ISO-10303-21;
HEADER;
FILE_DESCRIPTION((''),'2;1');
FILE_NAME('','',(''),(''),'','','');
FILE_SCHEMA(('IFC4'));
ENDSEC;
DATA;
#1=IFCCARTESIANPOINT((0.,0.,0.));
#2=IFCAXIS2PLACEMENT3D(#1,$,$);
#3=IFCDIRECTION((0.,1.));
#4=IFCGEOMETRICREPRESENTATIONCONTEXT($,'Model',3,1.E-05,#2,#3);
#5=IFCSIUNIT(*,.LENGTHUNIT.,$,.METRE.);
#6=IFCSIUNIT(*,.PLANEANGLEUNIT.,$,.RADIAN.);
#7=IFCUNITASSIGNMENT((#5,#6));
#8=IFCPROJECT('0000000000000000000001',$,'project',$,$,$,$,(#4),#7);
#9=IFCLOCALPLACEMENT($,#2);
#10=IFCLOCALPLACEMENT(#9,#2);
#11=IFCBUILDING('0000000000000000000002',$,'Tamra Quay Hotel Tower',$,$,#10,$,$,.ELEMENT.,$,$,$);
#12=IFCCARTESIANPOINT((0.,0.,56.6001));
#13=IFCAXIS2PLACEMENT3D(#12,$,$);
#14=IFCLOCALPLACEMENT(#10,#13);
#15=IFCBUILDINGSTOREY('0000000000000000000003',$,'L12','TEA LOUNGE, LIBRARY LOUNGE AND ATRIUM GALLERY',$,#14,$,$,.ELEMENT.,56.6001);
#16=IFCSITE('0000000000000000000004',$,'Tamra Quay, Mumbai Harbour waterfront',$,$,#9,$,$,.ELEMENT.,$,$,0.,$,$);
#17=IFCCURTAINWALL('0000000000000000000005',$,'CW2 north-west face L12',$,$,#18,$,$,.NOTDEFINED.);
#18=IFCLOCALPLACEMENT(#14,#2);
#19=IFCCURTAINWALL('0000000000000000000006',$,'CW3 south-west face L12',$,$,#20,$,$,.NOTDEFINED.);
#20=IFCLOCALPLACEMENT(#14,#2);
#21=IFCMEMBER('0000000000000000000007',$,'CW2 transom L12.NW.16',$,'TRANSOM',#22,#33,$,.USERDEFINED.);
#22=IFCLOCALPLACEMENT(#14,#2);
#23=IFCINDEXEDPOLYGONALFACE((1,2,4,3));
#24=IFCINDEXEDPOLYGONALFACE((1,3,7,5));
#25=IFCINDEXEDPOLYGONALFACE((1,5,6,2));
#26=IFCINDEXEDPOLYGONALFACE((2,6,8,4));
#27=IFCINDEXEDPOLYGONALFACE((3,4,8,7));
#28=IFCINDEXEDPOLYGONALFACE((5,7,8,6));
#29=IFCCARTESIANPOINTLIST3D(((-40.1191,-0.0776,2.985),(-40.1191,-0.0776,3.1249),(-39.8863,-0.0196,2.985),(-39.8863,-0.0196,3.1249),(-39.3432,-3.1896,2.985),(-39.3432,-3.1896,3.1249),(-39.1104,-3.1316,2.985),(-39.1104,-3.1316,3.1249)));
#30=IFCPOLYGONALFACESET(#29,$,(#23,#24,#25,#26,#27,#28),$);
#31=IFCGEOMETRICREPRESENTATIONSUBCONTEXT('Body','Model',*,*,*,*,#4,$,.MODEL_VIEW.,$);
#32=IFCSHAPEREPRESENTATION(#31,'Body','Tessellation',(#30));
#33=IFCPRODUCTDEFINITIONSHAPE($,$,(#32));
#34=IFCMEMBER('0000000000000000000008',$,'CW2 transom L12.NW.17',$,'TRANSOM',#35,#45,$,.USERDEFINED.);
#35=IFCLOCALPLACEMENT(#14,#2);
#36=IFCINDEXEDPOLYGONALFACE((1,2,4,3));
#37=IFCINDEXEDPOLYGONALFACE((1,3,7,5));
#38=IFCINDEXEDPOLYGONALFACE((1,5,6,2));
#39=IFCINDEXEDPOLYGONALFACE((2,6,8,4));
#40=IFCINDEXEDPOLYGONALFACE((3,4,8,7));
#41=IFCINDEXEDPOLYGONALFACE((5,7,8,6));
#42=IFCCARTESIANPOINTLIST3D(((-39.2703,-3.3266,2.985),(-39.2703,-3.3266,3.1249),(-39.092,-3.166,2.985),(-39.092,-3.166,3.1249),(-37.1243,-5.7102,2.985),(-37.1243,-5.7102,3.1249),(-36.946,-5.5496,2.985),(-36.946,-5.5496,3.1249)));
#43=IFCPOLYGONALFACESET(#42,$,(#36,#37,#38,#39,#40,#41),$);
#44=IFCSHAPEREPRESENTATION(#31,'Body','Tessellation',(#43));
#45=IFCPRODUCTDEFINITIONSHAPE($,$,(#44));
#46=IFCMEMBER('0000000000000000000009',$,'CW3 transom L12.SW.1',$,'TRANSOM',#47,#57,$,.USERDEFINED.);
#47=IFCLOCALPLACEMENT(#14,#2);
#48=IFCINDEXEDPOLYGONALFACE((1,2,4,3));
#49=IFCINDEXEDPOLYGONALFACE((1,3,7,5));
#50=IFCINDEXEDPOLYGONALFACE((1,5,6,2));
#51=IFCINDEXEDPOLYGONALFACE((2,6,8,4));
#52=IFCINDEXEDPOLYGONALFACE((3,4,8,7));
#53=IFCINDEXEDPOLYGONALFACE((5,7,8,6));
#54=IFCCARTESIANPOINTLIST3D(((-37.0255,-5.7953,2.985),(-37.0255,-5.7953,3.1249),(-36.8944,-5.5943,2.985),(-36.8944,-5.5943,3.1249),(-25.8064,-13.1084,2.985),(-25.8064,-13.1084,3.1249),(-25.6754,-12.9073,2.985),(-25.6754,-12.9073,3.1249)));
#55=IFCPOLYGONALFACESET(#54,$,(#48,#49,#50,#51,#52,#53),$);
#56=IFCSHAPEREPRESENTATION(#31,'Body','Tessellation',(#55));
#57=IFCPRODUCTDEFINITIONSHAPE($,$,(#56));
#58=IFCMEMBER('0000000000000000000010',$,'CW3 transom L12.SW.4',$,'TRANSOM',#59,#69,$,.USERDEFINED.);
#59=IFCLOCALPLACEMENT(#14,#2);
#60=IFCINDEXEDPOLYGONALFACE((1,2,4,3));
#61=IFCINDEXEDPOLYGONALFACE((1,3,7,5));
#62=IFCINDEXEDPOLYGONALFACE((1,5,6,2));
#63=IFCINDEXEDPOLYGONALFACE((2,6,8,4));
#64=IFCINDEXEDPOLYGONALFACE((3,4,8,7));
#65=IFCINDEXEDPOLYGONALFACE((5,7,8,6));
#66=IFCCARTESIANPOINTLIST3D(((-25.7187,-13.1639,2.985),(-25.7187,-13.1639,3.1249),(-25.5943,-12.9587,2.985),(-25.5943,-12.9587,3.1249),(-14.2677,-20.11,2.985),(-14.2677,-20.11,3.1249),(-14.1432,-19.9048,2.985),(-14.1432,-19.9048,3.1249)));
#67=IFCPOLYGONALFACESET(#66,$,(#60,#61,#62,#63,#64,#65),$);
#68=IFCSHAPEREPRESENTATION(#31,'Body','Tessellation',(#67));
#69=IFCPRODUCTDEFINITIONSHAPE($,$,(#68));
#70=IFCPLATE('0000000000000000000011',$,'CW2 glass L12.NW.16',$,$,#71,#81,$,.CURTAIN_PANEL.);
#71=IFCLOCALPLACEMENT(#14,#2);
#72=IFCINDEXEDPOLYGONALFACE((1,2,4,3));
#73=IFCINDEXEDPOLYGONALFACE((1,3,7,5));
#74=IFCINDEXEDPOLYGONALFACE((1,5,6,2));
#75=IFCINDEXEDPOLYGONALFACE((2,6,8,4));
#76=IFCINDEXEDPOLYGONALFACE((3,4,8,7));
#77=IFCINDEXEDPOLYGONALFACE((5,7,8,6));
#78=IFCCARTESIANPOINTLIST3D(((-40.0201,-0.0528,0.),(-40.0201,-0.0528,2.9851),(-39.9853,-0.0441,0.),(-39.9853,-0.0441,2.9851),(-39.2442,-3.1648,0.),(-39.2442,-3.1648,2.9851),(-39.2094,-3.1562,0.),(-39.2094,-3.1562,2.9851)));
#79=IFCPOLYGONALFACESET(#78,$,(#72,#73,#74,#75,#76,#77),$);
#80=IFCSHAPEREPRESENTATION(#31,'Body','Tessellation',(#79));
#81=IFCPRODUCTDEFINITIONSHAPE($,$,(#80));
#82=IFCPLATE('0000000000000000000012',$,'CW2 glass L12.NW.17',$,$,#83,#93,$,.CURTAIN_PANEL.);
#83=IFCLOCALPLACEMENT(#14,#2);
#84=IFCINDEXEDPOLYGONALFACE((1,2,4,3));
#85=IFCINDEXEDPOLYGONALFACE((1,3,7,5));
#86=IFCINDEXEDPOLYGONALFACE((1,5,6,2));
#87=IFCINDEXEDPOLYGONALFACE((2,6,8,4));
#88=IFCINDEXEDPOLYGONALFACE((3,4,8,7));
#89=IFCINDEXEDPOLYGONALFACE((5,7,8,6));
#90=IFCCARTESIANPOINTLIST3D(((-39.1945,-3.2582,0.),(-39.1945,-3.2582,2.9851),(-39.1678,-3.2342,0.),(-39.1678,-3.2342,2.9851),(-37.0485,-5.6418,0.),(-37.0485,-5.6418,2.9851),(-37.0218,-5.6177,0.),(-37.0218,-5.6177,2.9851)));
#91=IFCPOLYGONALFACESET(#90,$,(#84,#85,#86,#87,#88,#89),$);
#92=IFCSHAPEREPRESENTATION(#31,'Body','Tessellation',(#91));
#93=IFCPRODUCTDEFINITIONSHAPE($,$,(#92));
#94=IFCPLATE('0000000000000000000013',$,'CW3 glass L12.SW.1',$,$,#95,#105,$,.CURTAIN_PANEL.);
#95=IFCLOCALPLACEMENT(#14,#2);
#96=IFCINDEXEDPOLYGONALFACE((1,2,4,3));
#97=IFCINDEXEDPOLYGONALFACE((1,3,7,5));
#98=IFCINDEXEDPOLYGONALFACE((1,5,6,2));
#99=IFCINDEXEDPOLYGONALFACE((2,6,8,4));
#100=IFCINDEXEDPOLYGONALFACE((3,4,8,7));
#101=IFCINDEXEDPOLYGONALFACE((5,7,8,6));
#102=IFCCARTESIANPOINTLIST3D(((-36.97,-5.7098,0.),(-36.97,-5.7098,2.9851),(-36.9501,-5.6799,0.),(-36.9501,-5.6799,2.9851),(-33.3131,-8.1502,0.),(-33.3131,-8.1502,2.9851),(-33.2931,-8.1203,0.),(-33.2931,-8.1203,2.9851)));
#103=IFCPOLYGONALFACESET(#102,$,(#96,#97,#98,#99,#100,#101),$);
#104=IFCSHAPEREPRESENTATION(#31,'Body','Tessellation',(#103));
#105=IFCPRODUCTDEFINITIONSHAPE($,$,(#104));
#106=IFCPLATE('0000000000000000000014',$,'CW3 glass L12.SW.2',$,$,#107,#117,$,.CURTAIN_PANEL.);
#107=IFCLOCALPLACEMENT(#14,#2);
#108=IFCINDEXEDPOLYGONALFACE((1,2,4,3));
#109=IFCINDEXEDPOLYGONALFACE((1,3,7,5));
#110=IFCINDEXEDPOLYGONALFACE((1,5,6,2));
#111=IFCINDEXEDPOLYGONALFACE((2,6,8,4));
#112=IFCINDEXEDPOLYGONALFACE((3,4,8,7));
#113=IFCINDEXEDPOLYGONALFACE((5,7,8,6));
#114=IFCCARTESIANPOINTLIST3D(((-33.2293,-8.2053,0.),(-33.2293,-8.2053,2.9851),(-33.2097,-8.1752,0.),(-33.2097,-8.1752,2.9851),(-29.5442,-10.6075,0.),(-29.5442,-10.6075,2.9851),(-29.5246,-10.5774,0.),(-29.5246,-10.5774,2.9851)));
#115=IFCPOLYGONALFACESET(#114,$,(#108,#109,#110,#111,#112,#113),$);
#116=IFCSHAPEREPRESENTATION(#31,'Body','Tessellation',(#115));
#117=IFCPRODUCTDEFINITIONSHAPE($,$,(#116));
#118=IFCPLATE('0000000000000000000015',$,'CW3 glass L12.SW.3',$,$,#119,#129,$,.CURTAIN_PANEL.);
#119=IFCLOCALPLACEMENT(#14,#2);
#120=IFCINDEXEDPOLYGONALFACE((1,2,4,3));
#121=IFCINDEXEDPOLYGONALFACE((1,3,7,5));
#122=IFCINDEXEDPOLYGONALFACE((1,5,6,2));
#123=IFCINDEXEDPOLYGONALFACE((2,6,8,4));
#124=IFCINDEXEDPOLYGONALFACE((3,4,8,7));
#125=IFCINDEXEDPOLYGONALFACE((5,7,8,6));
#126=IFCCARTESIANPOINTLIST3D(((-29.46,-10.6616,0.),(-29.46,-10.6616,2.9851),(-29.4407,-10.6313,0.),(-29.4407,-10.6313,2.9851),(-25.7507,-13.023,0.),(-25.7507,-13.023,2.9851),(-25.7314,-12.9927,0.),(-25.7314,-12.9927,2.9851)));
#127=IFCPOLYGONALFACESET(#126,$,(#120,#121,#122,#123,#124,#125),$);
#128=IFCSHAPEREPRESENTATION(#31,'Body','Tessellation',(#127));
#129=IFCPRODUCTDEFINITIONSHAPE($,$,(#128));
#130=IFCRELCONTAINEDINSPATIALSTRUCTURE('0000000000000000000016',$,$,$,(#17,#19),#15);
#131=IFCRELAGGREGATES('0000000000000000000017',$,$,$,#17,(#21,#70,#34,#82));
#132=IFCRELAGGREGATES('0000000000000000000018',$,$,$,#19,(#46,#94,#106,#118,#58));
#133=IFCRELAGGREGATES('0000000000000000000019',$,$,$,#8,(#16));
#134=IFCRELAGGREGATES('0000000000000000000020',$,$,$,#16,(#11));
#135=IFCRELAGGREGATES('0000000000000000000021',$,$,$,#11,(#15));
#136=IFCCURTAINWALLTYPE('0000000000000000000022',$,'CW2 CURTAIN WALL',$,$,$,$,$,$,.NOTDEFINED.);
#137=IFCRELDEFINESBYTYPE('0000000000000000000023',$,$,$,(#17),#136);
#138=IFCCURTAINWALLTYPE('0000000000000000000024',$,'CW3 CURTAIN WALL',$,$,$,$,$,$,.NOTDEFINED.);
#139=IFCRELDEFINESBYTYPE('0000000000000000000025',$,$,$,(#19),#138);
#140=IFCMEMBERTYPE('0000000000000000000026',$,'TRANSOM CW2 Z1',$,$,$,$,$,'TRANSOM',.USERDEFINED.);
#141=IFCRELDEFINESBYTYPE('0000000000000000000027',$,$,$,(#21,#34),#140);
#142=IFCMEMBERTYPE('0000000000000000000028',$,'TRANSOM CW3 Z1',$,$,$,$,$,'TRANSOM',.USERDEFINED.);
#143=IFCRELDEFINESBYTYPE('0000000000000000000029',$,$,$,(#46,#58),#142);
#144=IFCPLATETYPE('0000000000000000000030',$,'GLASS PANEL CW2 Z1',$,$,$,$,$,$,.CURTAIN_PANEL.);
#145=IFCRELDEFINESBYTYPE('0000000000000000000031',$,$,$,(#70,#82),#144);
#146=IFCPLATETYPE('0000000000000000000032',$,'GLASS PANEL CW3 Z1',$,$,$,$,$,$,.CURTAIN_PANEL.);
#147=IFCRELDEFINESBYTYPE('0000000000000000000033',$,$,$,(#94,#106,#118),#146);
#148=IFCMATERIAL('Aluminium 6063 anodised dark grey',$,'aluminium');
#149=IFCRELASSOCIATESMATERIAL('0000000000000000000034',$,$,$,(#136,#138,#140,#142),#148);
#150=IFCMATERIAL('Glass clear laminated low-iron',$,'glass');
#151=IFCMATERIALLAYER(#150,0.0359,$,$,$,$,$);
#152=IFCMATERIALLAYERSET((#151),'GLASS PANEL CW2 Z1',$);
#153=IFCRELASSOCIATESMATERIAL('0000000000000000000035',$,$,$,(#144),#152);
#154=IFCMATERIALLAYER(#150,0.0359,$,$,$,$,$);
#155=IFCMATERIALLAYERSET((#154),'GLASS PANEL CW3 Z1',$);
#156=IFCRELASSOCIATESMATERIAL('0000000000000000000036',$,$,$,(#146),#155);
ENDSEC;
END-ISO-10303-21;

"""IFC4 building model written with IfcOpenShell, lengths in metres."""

from ifc_helpers import new_model, si_unit, direction, frame, origin, origin_2d, place, context, subcontext, project, spatial, rectangle, extrude, material, layer, layer_set, material_profile, profile_set, type_object, element, aggregate, save


model = new_model("IFC4")

# Units and contexts
model_context = context("Model", 3, precision=1e-05, world=origin(), true_north=direction((0.0, 1.0)))
body_context = subcontext(model_context, "Body", "Model", "MODEL_VIEW")
ifc_project = project(units=[si_unit("LENGTHUNIT", "METRE"), si_unit("PLANEANGLEUNIT", "RADIAN")], contexts=[model_context])

# Site, building, storey
site_placement = place(None, origin())
site = spatial("IfcSite", under=ifc_project, at=site_placement, Name="Tamra Quay, Mumbai Harbour waterfront", CompositionType="ELEMENT", RefElevation=0.0)
building_placement = place(site_placement, origin())
building = spatial("IfcBuilding", under=site, at=building_placement, Name="Tamra Quay Hotel Tower", CompositionType="ELEMENT")
storey_placement = place(building_placement, frame((0.0, 0.0, 56.6001)))
storey = spatial("IfcBuildingStorey", under=building, at=storey_placement, Name="L12", Description="TEA LOUNGE, LIBRARY LOUNGE AND ATRIUM GALLERY", CompositionType="ELEMENT", Elevation=56.6001)

# Curtain walls
ifc_material_1 = material(Name="Aluminium 6063 anodised dark grey", Category="aluminium")
curtain_wall_type_1 = type_object("IfcCurtainWallType", Name="CW2 CURTAIN WALL", PredefinedType="NOTDEFINED", material=ifc_material_1)
curtain_wall_1_placement = place(storey_placement, origin())
curtain_wall_1 = element("IfcCurtainWall", 1, at=curtain_wall_1_placement, inside=storey, type_object=curtain_wall_type_1, Name="CW2 north-west face L12", PredefinedType="NOTDEFINED")
curtain_wall_type_2 = type_object("IfcCurtainWallType", Name="CW3 CURTAIN WALL", PredefinedType="NOTDEFINED", material=ifc_material_1)
curtain_wall_2_placement = place(storey_placement, origin())
curtain_wall_2 = element("IfcCurtainWall", 2, at=curtain_wall_2_placement, inside=storey, type_object=curtain_wall_type_2, Name="CW3 south-west face L12", PredefinedType="NOTDEFINED")

# Members
ifc_material_profile_1 = material_profile(ifc_material_1, rectangle(XDim=0.24, YDim=0.1399, at=origin_2d()), Name="TRANSOM 240X140")
ifc_profile_set_1 = profile_set([ifc_material_profile_1], Name="Aluminium 6063 anodised dark grey")
member_type_1 = type_object("IfcMemberType", Name="TRANSOM CW2 Z1", ElementType="TRANSOM", PredefinedType="USERDEFINED", material=ifc_profile_set_1)
member_1_placement = place(storey_placement, frame((-40.0027, -0.0486, 3.0549), z_axis=(0.241909, -0.970299, 0.0), x_axis=(0.970299, 0.241909, 0.0)))
member_1 = element("IfcMember", 3, at=member_1_placement, type_object=member_type_1, Name="CW2 transom L12.NW.16", ObjectType="TRANSOM", PredefinedType="USERDEFINED", context=body_context, shape_type="SweptSolid", body=[
    extrude(rectangle(XDim=0.24, YDim=0.1399, at=origin_2d()), origin(), (0.0, 0.0, 1.0), 3.2073),
])
member_2_placement = place(storey_placement, frame((-39.1812, -3.2463, 3.0549), z_axis=(0.669104, -0.743169, 0.0), x_axis=(0.743169, 0.669104, 0.0)))
member_2 = element("IfcMember", 4, at=member_2_placement, type_object=member_type_1, Name="CW2 transom L12.NW.17", ObjectType="TRANSOM", PredefinedType="USERDEFINED", context=body_context, shape_type="SweptSolid", body=[
    extrude(rectangle(XDim=0.24, YDim=0.1399, at=origin_2d()), origin(), (0.0, 0.0, 1.0), 3.2073),
])
ifc_material_profile_2 = material_profile(ifc_material_1, rectangle(XDim=0.24, YDim=0.1399, at=origin_2d()), Name="TRANSOM 240X140")
ifc_profile_set_2 = profile_set([ifc_material_profile_2], Name="Aluminium 6063 anodised dark grey")
member_type_2 = type_object("IfcMemberType", Name="TRANSOM CW3 Z1", ElementType="TRANSOM", PredefinedType="USERDEFINED", material=ifc_profile_set_2)
member_3_placement = place(storey_placement, frame((-36.96, -5.6948, 3.0549), z_axis=(0.837739, -0.546071, 0.0), x_axis=(0.546071, 0.837739, 0.0)))
member_3 = element("IfcMember", 5, at=member_3_placement, type_object=member_type_2, Name="CW3 transom L12.SW.1", ObjectType="TRANSOM", PredefinedType="USERDEFINED", context=body_context, shape_type="SweptSolid", body=[
    extrude(rectangle(XDim=0.24, YDim=0.1399, at=origin_2d()), origin(), (0.0, 0.0, 1.0), 13.3921),
])
member_4_placement = place(storey_placement, frame((-25.6565, -13.0613, 3.0549), z_axis=(0.854996, -0.518634, 0.0), x_axis=(0.518634, 0.854996, 0.0)))
member_4 = element("IfcMember", 6, at=member_4_placement, type_object=member_type_2, Name="CW3 transom L12.SW.4", ObjectType="TRANSOM", PredefinedType="USERDEFINED", context=body_context, shape_type="SweptSolid", body=[
    extrude(rectangle(XDim=0.24, YDim=0.1399, at=origin_2d()), origin(), (0.0, 0.0, 1.0), 13.3931),
])

# Plates
ifc_material_2 = material(Name="Glass clear laminated low-iron", Category="glass")
ifc_layer_1 = layer(ifc_material_2, 0.0359)
ifc_layer_set_1 = layer_set([ifc_layer_1], Name="GLASS PANEL CW2 Z1")
plate_type_1 = type_object("IfcPlateType", Name="GLASS PANEL CW2 Z1", PredefinedType="CURTAIN_PANEL", material=ifc_layer_set_1)
plate_1_placement = place(storey_placement, frame((-39.6147, -1.6045, 0.0), z_axis=(0.0, 0.0, 1.0), x_axis=(0.241914, -0.970298, 0.0)))
plate_1 = element("IfcPlate", 7, at=plate_1_placement, type_object=plate_type_1, Name="CW2 glass L12.NW.16", PredefinedType="CURTAIN_PANEL", context=body_context, shape_type="SweptSolid", body=[
    extrude(rectangle(XDim=3.2073, YDim=0.0359, at=origin_2d()), origin(), (0.0, 0.0, 1.0), 2.9851),
])
plate_2_placement = place(storey_placement, frame((-38.1082, -4.438, 0.0), z_axis=(0.0, 0.0, 1.0), x_axis=(0.669112, -0.743161, 0.0)))
plate_2 = element("IfcPlate", 8, at=plate_2_placement, type_object=plate_type_1, Name="CW2 glass L12.NW.17", PredefinedType="CURTAIN_PANEL", context=body_context, shape_type="SweptSolid", body=[
    extrude(rectangle(XDim=3.2073, YDim=0.0359, at=origin_2d()), origin(), (0.0, 0.0, 1.0), 2.9851),
])
aggregate(curtain_wall_1, [member_1, plate_1, member_2, plate_2])
ifc_layer_2 = layer(ifc_material_2, 0.0359)
ifc_layer_set_2 = layer_set([ifc_layer_2], Name="GLASS PANEL CW3 Z1")
plate_type_2 = type_object("IfcPlateType", Name="GLASS PANEL CW3 Z1", PredefinedType="CURTAIN_PANEL", material=ifc_layer_set_2)
plate_3_placement = place(storey_placement, frame((-35.1316, -6.915, 0.0), z_axis=(0.0, 0.0, 1.0), x_axis=(0.831798, -0.555078, 0.0)))
plate_3 = element("IfcPlate", 9, at=plate_3_placement, type_object=plate_type_2, Name="CW3 glass L12.SW.1", PredefinedType="CURTAIN_PANEL", context=body_context, shape_type="SweptSolid", body=[
    extrude(rectangle(XDim=4.3965, YDim=0.0359, at=origin_2d()), origin(), (0.0, 0.0, 1.0), 2.9851),
])
plate_4_placement = place(storey_placement, frame((-31.377, -9.3914, 0.0), z_axis=(0.0, 0.0, 1.0), x_axis=(0.837728, -0.546088, 0.0)))
plate_4 = element("IfcPlate", 10, at=plate_4_placement, type_object=plate_type_2, Name="CW3 glass L12.SW.2", PredefinedType="CURTAIN_PANEL", context=body_context, shape_type="SweptSolid", body=[
    extrude(rectangle(XDim=4.3989, YDim=0.0359, at=origin_2d()), origin(), (0.0, 0.0, 1.0), 2.9851),
])
plate_5_placement = place(storey_placement, frame((-27.5957, -11.8271, 0.0), z_axis=(0.0, 0.0, 1.0), x_axis=(0.843571, -0.537018, 0.0)))
plate_5 = element("IfcPlate", 11, at=plate_5_placement, type_object=plate_type_2, Name="CW3 glass L12.SW.3", PredefinedType="CURTAIN_PANEL", context=body_context, shape_type="SweptSolid", body=[
    extrude(rectangle(XDim=4.3972, YDim=0.0359, at=origin_2d()), origin(), (0.0, 0.0, 1.0), 2.9851),
])
aggregate(curtain_wall_2, [member_3, plate_3, plate_4, plate_5, member_4])

save(model, "model.ifc")
